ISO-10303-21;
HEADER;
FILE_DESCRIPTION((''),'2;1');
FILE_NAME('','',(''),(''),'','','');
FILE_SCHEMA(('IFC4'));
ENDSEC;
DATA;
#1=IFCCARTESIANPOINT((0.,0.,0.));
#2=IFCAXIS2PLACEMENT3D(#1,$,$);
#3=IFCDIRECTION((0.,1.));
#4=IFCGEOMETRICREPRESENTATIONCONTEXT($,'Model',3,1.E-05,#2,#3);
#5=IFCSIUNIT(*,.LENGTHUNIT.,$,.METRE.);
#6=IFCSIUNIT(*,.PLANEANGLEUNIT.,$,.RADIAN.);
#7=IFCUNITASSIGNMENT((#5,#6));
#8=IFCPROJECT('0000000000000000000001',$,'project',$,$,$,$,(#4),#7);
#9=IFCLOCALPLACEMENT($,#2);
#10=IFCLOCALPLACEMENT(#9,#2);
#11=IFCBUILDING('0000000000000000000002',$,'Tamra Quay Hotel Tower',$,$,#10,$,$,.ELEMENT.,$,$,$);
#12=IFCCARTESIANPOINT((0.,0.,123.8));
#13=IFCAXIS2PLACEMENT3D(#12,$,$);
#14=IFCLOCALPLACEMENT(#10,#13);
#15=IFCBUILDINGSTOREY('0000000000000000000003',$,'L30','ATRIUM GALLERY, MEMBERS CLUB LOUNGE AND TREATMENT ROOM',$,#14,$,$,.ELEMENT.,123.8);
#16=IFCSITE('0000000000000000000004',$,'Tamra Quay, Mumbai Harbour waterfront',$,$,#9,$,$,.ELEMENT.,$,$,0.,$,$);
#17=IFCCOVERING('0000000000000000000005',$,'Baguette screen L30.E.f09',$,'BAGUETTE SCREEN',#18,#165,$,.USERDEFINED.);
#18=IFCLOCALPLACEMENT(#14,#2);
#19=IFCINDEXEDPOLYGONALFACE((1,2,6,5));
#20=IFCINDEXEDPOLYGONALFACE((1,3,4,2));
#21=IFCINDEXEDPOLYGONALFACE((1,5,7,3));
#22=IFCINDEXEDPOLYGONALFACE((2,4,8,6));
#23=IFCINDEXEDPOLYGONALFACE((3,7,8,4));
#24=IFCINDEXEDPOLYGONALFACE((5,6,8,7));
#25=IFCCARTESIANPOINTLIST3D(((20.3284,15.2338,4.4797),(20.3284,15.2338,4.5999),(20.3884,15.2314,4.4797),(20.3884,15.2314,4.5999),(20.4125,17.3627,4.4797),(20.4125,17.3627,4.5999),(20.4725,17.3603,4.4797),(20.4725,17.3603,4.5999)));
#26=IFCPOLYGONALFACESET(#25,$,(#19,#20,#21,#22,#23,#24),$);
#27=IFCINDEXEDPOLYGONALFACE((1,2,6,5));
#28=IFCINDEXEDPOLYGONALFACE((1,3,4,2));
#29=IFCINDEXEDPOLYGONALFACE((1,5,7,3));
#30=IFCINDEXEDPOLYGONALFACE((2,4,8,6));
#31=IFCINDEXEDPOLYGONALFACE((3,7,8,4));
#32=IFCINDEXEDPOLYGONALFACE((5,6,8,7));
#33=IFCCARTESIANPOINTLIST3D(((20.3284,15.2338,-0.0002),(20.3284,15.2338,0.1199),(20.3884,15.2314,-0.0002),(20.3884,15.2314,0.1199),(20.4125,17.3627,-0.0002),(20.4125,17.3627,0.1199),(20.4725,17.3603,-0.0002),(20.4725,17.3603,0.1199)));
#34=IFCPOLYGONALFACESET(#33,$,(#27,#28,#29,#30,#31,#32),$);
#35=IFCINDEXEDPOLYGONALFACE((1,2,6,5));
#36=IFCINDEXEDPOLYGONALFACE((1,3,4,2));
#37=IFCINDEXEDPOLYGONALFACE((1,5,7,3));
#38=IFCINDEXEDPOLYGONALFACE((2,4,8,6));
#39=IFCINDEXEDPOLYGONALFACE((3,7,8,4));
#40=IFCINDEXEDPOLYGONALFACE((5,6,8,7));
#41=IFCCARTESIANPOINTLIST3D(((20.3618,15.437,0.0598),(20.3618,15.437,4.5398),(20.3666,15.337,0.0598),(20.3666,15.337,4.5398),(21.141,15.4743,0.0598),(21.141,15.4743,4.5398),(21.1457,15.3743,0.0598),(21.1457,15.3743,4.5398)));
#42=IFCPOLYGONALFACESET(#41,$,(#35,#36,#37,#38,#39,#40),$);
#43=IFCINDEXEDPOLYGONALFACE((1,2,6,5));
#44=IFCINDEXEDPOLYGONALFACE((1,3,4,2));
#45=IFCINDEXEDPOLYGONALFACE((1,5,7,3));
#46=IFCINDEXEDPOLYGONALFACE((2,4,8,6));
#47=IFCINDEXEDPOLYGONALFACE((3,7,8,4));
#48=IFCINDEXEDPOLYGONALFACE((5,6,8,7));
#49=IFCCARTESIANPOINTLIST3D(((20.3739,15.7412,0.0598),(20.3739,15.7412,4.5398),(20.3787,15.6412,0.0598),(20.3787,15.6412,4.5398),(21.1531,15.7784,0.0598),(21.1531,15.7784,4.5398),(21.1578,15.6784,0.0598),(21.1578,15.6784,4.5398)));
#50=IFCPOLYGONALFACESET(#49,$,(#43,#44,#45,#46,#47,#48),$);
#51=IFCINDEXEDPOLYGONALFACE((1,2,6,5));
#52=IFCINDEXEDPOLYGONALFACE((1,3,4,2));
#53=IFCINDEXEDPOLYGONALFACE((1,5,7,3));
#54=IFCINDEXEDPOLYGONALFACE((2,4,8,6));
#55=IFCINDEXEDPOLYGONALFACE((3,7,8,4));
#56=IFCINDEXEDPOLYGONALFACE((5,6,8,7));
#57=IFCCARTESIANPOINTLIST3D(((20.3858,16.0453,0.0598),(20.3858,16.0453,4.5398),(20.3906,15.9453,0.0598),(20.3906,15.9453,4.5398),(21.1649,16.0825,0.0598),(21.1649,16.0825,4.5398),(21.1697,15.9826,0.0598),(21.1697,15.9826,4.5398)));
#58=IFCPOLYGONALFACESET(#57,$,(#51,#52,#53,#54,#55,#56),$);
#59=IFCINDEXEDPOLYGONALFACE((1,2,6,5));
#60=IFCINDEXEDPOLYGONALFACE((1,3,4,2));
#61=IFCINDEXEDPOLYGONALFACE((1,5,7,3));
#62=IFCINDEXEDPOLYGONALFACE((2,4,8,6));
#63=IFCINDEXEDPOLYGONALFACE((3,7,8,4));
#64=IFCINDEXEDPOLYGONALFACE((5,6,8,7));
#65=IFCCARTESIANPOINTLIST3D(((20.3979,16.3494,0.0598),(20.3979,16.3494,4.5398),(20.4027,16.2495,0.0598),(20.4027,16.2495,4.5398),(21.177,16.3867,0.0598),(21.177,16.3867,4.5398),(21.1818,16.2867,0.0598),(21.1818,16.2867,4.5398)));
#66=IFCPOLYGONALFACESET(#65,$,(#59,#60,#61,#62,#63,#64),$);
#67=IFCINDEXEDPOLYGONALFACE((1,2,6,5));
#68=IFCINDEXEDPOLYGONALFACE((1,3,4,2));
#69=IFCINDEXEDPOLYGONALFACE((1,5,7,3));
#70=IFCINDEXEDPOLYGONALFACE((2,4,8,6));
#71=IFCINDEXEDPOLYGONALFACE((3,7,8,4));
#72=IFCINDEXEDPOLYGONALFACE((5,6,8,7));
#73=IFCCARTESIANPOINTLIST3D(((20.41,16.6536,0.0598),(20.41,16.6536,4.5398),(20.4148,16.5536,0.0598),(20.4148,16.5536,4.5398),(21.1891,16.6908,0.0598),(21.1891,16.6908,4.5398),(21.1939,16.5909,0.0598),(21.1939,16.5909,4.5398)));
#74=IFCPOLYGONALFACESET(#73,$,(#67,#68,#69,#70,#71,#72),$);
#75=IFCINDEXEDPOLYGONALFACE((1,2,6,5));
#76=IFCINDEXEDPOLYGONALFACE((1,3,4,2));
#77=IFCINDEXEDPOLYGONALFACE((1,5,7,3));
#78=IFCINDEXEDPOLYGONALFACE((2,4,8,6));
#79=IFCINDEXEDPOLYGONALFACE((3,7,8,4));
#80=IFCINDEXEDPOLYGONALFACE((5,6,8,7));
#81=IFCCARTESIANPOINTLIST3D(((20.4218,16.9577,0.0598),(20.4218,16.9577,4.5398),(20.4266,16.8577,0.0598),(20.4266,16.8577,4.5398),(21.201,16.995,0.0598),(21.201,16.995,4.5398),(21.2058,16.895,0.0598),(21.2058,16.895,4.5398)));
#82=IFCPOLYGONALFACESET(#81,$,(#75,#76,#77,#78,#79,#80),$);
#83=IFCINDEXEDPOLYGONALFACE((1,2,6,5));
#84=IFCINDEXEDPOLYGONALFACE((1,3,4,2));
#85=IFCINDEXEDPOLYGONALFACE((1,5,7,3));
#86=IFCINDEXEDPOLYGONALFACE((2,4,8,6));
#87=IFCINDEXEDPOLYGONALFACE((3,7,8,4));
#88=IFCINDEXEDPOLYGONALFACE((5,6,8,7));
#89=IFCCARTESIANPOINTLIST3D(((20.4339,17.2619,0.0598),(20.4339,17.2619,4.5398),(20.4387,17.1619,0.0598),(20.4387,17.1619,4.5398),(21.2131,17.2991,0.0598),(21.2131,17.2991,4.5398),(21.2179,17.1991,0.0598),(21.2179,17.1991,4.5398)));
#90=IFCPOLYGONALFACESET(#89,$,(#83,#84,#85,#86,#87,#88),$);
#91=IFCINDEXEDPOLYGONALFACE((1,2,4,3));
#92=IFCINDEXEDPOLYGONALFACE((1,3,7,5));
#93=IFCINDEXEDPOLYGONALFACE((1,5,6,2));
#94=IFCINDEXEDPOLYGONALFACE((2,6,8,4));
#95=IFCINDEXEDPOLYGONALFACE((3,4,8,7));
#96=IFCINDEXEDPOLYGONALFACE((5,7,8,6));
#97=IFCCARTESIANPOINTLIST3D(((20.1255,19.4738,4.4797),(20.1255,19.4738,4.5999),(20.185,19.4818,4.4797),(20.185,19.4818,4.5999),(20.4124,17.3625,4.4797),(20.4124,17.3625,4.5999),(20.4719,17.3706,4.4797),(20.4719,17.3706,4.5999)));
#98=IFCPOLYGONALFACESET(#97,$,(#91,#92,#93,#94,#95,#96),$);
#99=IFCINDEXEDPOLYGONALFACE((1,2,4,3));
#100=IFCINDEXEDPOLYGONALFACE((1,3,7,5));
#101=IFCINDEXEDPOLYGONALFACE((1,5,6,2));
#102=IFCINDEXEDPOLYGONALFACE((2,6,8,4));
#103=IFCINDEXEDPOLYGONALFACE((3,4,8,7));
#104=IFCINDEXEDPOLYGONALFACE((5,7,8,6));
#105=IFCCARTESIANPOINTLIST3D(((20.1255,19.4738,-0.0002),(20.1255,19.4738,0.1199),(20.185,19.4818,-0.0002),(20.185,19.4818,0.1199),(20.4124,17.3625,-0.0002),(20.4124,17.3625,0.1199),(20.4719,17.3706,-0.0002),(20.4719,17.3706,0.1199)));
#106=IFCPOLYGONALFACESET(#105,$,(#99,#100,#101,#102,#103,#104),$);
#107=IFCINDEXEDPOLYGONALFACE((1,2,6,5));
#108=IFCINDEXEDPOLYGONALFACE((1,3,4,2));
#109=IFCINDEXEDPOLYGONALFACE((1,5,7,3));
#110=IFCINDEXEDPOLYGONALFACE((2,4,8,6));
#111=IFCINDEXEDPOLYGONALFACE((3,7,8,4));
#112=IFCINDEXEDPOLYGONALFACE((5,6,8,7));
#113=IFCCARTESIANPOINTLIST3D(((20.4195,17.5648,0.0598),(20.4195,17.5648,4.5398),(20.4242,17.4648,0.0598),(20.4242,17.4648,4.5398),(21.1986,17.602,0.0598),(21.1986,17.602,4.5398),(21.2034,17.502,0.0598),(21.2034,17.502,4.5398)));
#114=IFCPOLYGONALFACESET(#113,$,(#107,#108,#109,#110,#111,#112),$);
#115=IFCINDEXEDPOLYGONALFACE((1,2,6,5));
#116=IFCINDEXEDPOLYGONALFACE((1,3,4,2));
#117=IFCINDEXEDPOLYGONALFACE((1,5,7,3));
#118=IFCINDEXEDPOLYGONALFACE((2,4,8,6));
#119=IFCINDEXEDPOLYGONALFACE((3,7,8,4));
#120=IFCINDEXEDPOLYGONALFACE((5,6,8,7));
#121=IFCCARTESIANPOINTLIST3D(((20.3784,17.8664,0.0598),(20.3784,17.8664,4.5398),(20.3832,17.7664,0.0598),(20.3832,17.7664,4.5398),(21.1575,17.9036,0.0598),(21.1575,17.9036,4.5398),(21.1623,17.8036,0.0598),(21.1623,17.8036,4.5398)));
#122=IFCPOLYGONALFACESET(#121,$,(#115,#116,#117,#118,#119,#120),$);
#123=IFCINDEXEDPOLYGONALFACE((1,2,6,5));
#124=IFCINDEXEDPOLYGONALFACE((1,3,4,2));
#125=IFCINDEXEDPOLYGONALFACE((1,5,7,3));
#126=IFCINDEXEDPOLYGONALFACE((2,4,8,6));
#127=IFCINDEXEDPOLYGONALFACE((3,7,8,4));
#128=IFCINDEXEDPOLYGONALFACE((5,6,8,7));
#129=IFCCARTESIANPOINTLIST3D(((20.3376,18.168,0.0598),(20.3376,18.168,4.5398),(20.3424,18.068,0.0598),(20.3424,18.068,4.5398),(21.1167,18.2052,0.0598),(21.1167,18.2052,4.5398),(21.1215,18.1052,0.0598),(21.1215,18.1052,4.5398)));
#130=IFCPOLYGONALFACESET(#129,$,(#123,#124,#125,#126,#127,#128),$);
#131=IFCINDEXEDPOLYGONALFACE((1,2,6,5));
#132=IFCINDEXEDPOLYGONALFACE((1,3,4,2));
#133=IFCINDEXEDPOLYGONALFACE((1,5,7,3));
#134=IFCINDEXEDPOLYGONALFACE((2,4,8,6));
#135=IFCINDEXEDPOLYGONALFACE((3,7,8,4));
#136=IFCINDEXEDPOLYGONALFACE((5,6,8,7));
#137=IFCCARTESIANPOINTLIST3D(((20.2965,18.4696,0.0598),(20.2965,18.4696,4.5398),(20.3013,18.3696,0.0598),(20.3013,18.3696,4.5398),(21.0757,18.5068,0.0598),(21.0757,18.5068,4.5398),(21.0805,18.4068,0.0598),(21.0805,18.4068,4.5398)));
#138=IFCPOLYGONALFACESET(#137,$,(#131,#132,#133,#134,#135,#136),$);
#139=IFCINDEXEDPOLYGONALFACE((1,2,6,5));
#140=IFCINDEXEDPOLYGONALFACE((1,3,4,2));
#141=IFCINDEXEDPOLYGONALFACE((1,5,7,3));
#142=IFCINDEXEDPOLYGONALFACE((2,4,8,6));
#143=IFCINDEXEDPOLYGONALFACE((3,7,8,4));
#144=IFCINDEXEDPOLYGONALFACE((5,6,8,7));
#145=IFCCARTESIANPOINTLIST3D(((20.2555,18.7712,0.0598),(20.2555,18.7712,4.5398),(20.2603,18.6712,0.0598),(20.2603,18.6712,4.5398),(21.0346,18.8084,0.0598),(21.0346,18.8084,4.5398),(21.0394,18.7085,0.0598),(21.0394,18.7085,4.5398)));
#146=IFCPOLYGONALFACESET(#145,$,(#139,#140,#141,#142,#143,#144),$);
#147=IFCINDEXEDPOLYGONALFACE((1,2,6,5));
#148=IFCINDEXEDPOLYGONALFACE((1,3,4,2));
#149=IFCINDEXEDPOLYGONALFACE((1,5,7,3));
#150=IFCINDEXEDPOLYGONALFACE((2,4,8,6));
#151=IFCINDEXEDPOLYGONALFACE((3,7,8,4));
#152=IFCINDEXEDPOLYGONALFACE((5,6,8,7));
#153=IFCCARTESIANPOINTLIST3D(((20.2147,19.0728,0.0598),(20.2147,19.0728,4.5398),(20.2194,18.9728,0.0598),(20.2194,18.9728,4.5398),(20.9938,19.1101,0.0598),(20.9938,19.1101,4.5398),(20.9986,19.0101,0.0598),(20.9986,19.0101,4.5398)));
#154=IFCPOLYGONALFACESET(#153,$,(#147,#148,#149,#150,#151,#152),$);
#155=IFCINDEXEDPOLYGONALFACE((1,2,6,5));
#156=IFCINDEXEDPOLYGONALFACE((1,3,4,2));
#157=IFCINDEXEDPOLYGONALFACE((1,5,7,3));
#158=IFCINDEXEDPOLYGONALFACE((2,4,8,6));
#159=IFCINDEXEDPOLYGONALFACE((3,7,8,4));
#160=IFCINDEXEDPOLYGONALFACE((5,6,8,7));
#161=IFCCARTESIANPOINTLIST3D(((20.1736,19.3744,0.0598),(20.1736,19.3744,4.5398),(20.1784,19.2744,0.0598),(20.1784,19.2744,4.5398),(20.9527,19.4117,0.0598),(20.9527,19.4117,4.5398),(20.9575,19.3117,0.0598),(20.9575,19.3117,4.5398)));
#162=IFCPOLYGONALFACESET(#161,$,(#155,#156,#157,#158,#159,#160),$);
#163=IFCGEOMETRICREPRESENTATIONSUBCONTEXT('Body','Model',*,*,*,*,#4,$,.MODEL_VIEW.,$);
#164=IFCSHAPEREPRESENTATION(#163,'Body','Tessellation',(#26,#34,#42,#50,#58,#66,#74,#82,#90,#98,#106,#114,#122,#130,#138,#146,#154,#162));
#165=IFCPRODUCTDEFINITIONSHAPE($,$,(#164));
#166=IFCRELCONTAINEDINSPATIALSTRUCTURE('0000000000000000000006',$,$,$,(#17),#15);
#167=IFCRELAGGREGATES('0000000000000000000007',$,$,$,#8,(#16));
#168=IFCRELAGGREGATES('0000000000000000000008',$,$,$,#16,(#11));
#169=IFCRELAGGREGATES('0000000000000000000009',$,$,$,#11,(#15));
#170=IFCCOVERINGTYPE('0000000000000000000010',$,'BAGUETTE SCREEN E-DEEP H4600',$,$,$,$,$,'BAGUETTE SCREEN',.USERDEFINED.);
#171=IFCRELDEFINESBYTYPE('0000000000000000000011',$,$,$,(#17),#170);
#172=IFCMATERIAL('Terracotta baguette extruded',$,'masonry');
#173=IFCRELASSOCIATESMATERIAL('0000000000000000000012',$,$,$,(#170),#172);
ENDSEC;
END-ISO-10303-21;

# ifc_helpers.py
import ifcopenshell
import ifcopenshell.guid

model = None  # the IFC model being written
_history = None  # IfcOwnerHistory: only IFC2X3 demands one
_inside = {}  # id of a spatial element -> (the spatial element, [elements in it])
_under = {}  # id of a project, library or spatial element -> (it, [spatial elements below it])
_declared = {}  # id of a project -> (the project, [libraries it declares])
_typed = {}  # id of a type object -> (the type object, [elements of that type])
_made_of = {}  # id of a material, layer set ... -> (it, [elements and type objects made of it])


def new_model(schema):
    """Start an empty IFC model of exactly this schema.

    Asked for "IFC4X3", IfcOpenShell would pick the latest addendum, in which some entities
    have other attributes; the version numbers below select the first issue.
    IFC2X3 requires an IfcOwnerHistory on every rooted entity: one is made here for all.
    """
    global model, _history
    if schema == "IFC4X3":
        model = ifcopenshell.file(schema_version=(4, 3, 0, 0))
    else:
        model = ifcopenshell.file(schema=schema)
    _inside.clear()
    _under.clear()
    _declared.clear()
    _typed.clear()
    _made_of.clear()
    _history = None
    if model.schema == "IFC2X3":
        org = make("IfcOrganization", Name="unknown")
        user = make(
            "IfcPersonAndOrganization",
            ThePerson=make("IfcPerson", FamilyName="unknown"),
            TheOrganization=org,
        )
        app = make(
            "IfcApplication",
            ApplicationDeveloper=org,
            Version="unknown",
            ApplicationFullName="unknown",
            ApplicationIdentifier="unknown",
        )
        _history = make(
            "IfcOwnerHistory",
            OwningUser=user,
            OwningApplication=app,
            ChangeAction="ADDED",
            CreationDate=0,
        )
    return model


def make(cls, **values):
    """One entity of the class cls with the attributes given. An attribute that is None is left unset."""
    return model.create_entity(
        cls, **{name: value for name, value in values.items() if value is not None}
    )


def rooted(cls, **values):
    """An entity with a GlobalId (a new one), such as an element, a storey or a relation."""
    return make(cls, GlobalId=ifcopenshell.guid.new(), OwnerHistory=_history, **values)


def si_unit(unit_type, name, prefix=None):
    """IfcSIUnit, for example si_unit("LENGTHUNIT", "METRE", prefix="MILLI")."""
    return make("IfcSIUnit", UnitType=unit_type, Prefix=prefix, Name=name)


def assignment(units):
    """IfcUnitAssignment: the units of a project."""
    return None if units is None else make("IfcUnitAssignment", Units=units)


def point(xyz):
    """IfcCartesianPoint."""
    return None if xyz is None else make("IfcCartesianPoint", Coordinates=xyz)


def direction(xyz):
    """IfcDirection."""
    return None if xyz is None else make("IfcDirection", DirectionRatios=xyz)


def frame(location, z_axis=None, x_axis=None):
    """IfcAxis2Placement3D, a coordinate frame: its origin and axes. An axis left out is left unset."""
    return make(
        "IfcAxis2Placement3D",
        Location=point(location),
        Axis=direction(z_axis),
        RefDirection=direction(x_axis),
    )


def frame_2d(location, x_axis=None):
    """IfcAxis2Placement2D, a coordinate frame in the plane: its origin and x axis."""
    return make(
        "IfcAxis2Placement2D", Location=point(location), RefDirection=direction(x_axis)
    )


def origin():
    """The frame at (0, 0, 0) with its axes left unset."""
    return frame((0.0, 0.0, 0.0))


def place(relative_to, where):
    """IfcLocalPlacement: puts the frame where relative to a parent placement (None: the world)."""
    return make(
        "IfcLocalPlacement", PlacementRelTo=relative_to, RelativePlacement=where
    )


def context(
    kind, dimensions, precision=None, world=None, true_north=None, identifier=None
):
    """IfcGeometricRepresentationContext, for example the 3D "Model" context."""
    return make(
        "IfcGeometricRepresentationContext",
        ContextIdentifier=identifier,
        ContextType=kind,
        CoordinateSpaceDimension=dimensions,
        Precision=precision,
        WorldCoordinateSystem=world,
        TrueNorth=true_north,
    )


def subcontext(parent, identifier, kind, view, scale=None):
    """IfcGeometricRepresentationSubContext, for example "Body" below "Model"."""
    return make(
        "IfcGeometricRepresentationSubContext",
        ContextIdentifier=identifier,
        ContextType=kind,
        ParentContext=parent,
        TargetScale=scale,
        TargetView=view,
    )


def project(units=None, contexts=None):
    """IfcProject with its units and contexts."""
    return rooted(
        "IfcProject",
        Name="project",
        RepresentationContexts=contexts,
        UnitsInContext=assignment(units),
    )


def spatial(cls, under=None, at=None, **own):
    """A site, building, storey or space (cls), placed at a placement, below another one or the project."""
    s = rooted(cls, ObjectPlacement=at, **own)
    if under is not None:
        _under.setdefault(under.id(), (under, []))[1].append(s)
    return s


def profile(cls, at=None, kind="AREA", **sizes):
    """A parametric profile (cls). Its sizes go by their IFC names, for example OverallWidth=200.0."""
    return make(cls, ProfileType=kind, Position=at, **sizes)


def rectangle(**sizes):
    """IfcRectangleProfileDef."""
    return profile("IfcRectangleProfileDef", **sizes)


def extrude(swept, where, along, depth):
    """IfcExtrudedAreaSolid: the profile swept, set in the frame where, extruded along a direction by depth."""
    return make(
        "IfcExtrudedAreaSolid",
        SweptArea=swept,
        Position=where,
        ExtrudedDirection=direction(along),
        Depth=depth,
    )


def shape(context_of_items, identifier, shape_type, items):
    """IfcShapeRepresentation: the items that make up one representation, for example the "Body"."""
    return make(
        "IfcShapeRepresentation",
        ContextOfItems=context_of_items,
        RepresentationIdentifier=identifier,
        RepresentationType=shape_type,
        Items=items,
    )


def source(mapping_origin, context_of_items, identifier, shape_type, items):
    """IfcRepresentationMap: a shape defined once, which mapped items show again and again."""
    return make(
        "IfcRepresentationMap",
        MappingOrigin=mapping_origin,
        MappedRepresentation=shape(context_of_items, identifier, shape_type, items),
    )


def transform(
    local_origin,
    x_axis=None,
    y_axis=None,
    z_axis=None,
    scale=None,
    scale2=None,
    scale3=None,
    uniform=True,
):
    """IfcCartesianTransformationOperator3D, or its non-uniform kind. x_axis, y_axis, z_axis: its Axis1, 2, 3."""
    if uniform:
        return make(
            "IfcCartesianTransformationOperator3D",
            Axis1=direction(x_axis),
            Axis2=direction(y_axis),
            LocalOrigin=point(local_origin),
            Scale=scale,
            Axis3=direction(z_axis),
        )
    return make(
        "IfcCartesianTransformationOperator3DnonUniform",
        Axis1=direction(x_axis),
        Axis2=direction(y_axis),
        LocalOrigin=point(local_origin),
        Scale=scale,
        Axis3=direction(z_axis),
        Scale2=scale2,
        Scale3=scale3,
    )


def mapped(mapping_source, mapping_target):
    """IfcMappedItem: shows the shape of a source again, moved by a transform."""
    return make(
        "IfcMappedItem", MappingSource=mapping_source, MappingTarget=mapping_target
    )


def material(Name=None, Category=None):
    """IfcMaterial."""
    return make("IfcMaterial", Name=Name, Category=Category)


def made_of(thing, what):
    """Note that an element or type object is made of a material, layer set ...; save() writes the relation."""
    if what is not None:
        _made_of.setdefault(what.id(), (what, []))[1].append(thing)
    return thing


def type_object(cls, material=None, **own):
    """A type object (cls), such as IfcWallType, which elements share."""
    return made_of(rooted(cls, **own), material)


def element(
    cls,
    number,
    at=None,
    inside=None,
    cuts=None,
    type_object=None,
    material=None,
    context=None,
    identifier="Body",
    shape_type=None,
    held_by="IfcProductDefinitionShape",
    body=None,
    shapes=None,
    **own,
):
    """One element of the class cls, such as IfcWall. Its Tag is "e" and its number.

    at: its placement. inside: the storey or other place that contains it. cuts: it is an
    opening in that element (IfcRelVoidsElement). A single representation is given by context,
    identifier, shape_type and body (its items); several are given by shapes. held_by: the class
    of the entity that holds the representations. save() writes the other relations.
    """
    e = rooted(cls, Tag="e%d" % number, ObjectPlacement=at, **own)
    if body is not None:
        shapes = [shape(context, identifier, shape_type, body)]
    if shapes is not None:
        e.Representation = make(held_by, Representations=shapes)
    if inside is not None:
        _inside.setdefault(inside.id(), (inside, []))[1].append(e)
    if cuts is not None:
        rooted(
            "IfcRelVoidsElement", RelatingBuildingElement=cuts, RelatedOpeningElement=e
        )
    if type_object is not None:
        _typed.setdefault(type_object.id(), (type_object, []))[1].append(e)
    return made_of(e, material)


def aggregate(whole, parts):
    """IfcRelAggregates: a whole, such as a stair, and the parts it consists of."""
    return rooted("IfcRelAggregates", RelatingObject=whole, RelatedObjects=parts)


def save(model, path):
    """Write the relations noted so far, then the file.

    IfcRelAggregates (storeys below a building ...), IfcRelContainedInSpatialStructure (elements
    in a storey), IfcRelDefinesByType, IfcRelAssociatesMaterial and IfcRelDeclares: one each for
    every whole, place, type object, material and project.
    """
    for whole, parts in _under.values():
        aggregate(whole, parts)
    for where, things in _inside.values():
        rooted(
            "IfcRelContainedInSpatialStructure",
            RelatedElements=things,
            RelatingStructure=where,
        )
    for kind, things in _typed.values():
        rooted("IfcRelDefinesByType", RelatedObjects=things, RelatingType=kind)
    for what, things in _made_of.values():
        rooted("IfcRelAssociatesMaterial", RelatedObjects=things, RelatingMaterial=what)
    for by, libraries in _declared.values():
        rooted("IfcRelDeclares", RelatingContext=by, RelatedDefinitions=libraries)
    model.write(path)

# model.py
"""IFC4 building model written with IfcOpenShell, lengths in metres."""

from ifc_helpers import new_model, si_unit, direction, frame, frame_2d, origin, place, context, subcontext, project, spatial, rectangle, extrude, source, transform, mapped, material, type_object, element, save


model = new_model("IFC4")

# Units and contexts
model_context = context("Model", 3, precision=1e-05, world=origin(), true_north=direction((0.0, 1.0)))
body_context = subcontext(model_context, "Body", "Model", "MODEL_VIEW")
ifc_project = project(units=[si_unit("LENGTHUNIT", "METRE"), si_unit("PLANEANGLEUNIT", "RADIAN")], contexts=[model_context])

# Site, building, storey
site_placement = place(None, origin())
site = spatial("IfcSite", under=ifc_project, at=site_placement, Name="Tamra Quay, Mumbai Harbour waterfront", CompositionType="ELEMENT", RefElevation=0.0)
building_placement = place(site_placement, origin())
building = spatial("IfcBuilding", under=site, at=building_placement, Name="Tamra Quay Hotel Tower", CompositionType="ELEMENT")
storey_placement = place(building_placement, frame((0.0, 0.0, 123.8)))
storey = spatial("IfcBuildingStorey", under=building, at=storey_placement, Name="L30", Description="ATRIUM GALLERY, MEMBERS CLUB LOUNGE AND TREATMENT ROOM", CompositionType="ELEMENT", Elevation=123.8)

# Covering
ifc_material_1 = material(Name="Terracotta baguette extruded", Category="masonry")
covering_type_1 = type_object("IfcCoveringType", Name="BAGUETTE SCREEN E-DEEP H4600", ElementType="BAGUETTE SCREEN", PredefinedType="USERDEFINED", material=ifc_material_1)
shared_shape_1 = source(origin(), body_context, "Body", "SweptSolid", [
    extrude(rectangle(XDim=2.1306, YDim=0.0601, at=frame_2d((1.0654, 0.03))), frame((-2.1277, -0.0579, -0.1201), z_axis=(0.0, 0.0, 1.0), x_axis=(0.996195, -0.087156, 0.0)), (0.0, 0.0, 1.0), 0.1201),
    extrude(rectangle(XDim=2.1306, YDim=0.0601, at=frame_2d((1.0654, 0.03))), frame((-2.1277, -0.0579, -4.6001), z_axis=(0.0, 0.0, 1.0), x_axis=(0.996195, -0.087156, 0.0)), (0.0, 0.0, 1.0), 0.1201),
    extrude(rectangle(XDim=0.1001, YDim=0.78, at=frame_2d((0.05, 0.3901))), frame((-2.021, -0.8213, -4.54)), (0.0, 0.0, 1.0), 4.48),
    extrude(rectangle(XDim=0.1001, YDim=0.78, at=frame_2d((0.05, 0.3901))), frame((-1.7178, -0.8479, -4.54)), (0.0, 0.0, 1.0), 4.48),
    extrude(rectangle(XDim=0.1001, YDim=0.78, at=frame_2d((0.05, 0.3901))), frame((-1.4146, -0.8743, -4.54)), (0.0, 0.0, 1.0), 4.48),
    extrude(rectangle(XDim=0.1001, YDim=0.78, at=frame_2d((0.05, 0.3901))), frame((-1.1113, -0.9009, -4.54)), (0.0, 0.0, 1.0), 4.48),
    extrude(rectangle(XDim=0.1001, YDim=0.78, at=frame_2d((0.05, 0.3901))), frame((-0.8081, -0.9275, -4.54)), (0.0, 0.0, 1.0), 4.48),
    extrude(rectangle(XDim=0.1001, YDim=0.78, at=frame_2d((0.05, 0.3901))), frame((-0.5049, -0.9539, -4.54)), (0.0, 0.0, 1.0), 4.48),
    extrude(rectangle(XDim=0.1001, YDim=0.78, at=frame_2d((0.05, 0.3901))), frame((-0.2017, -0.9805, -4.54)), (0.0, 0.0, 1.0), 4.48),
    extrude(rectangle(XDim=2.1306, YDim=0.0601, at=frame_2d((1.0654, 0.03))), frame((0.0051, -0.2434, -0.1201), z_axis=(0.0, 0.0, 1.0), x_axis=(0.996195, 0.087156, 0.0)), (0.0, 0.0, 1.0), 0.1201),
    extrude(rectangle(XDim=2.1306, YDim=0.0601, at=frame_2d((1.0654, 0.03))), frame((0.0051, -0.2434, -4.6001), z_axis=(0.0, 0.0, 1.0), x_axis=(0.996195, 0.087156, 0.0)), (0.0, 0.0, 1.0), 0.1201),
    extrude(rectangle(XDim=0.1001, YDim=0.78, at=frame_2d((0.05, 0.3901))), frame((0.1016, -0.9805, -4.54)), (0.0, 0.0, 1.0), 4.48),
    extrude(rectangle(XDim=0.1001, YDim=0.78, at=frame_2d((0.05, 0.3901))), frame((0.4048, -0.9539, -4.54)), (0.0, 0.0, 1.0), 4.48),
    extrude(rectangle(XDim=0.1001, YDim=0.78, at=frame_2d((0.05, 0.3901))), frame((0.708, -0.9275, -4.54)), (0.0, 0.0, 1.0), 4.48),
    extrude(rectangle(XDim=0.1001, YDim=0.78, at=frame_2d((0.05, 0.3901))), frame((1.0112, -0.9009, -4.54)), (0.0, 0.0, 1.0), 4.48),
    extrude(rectangle(XDim=0.1001, YDim=0.78, at=frame_2d((0.05, 0.3901))), frame((1.3145, -0.8743, -4.54)), (0.0, 0.0, 1.0), 4.48),
    extrude(rectangle(XDim=0.1001, YDim=0.78, at=frame_2d((0.05, 0.3901))), frame((1.6177, -0.8479, -4.54)), (0.0, 0.0, 1.0), 4.48),
    extrude(rectangle(XDim=0.1001, YDim=0.78, at=frame_2d((0.05, 0.3901))), frame((1.9209, -0.8213, -4.54)), (0.0, 0.0, 1.0), 4.48),
])
covering_1_placement = place(storey_placement, frame((20.229, 17.3538, 4.5999), z_axis=(0.0, 0.0, 1.0), x_axis=(-0.047747, 0.998859, 0.0)))
element("IfcCovering", 1, at=covering_1_placement, inside=storey, type_object=covering_type_1, Name="Baguette screen L30.E.f09", ObjectType="BAGUETTE SCREEN", PredefinedType="USERDEFINED", context=body_context, shape_type="MappedRepresentation", body=[
    mapped(shared_shape_1, transform((0.0, 0.0, 0.0), scale=1.0)),
])

save(model, "model.ifc")
